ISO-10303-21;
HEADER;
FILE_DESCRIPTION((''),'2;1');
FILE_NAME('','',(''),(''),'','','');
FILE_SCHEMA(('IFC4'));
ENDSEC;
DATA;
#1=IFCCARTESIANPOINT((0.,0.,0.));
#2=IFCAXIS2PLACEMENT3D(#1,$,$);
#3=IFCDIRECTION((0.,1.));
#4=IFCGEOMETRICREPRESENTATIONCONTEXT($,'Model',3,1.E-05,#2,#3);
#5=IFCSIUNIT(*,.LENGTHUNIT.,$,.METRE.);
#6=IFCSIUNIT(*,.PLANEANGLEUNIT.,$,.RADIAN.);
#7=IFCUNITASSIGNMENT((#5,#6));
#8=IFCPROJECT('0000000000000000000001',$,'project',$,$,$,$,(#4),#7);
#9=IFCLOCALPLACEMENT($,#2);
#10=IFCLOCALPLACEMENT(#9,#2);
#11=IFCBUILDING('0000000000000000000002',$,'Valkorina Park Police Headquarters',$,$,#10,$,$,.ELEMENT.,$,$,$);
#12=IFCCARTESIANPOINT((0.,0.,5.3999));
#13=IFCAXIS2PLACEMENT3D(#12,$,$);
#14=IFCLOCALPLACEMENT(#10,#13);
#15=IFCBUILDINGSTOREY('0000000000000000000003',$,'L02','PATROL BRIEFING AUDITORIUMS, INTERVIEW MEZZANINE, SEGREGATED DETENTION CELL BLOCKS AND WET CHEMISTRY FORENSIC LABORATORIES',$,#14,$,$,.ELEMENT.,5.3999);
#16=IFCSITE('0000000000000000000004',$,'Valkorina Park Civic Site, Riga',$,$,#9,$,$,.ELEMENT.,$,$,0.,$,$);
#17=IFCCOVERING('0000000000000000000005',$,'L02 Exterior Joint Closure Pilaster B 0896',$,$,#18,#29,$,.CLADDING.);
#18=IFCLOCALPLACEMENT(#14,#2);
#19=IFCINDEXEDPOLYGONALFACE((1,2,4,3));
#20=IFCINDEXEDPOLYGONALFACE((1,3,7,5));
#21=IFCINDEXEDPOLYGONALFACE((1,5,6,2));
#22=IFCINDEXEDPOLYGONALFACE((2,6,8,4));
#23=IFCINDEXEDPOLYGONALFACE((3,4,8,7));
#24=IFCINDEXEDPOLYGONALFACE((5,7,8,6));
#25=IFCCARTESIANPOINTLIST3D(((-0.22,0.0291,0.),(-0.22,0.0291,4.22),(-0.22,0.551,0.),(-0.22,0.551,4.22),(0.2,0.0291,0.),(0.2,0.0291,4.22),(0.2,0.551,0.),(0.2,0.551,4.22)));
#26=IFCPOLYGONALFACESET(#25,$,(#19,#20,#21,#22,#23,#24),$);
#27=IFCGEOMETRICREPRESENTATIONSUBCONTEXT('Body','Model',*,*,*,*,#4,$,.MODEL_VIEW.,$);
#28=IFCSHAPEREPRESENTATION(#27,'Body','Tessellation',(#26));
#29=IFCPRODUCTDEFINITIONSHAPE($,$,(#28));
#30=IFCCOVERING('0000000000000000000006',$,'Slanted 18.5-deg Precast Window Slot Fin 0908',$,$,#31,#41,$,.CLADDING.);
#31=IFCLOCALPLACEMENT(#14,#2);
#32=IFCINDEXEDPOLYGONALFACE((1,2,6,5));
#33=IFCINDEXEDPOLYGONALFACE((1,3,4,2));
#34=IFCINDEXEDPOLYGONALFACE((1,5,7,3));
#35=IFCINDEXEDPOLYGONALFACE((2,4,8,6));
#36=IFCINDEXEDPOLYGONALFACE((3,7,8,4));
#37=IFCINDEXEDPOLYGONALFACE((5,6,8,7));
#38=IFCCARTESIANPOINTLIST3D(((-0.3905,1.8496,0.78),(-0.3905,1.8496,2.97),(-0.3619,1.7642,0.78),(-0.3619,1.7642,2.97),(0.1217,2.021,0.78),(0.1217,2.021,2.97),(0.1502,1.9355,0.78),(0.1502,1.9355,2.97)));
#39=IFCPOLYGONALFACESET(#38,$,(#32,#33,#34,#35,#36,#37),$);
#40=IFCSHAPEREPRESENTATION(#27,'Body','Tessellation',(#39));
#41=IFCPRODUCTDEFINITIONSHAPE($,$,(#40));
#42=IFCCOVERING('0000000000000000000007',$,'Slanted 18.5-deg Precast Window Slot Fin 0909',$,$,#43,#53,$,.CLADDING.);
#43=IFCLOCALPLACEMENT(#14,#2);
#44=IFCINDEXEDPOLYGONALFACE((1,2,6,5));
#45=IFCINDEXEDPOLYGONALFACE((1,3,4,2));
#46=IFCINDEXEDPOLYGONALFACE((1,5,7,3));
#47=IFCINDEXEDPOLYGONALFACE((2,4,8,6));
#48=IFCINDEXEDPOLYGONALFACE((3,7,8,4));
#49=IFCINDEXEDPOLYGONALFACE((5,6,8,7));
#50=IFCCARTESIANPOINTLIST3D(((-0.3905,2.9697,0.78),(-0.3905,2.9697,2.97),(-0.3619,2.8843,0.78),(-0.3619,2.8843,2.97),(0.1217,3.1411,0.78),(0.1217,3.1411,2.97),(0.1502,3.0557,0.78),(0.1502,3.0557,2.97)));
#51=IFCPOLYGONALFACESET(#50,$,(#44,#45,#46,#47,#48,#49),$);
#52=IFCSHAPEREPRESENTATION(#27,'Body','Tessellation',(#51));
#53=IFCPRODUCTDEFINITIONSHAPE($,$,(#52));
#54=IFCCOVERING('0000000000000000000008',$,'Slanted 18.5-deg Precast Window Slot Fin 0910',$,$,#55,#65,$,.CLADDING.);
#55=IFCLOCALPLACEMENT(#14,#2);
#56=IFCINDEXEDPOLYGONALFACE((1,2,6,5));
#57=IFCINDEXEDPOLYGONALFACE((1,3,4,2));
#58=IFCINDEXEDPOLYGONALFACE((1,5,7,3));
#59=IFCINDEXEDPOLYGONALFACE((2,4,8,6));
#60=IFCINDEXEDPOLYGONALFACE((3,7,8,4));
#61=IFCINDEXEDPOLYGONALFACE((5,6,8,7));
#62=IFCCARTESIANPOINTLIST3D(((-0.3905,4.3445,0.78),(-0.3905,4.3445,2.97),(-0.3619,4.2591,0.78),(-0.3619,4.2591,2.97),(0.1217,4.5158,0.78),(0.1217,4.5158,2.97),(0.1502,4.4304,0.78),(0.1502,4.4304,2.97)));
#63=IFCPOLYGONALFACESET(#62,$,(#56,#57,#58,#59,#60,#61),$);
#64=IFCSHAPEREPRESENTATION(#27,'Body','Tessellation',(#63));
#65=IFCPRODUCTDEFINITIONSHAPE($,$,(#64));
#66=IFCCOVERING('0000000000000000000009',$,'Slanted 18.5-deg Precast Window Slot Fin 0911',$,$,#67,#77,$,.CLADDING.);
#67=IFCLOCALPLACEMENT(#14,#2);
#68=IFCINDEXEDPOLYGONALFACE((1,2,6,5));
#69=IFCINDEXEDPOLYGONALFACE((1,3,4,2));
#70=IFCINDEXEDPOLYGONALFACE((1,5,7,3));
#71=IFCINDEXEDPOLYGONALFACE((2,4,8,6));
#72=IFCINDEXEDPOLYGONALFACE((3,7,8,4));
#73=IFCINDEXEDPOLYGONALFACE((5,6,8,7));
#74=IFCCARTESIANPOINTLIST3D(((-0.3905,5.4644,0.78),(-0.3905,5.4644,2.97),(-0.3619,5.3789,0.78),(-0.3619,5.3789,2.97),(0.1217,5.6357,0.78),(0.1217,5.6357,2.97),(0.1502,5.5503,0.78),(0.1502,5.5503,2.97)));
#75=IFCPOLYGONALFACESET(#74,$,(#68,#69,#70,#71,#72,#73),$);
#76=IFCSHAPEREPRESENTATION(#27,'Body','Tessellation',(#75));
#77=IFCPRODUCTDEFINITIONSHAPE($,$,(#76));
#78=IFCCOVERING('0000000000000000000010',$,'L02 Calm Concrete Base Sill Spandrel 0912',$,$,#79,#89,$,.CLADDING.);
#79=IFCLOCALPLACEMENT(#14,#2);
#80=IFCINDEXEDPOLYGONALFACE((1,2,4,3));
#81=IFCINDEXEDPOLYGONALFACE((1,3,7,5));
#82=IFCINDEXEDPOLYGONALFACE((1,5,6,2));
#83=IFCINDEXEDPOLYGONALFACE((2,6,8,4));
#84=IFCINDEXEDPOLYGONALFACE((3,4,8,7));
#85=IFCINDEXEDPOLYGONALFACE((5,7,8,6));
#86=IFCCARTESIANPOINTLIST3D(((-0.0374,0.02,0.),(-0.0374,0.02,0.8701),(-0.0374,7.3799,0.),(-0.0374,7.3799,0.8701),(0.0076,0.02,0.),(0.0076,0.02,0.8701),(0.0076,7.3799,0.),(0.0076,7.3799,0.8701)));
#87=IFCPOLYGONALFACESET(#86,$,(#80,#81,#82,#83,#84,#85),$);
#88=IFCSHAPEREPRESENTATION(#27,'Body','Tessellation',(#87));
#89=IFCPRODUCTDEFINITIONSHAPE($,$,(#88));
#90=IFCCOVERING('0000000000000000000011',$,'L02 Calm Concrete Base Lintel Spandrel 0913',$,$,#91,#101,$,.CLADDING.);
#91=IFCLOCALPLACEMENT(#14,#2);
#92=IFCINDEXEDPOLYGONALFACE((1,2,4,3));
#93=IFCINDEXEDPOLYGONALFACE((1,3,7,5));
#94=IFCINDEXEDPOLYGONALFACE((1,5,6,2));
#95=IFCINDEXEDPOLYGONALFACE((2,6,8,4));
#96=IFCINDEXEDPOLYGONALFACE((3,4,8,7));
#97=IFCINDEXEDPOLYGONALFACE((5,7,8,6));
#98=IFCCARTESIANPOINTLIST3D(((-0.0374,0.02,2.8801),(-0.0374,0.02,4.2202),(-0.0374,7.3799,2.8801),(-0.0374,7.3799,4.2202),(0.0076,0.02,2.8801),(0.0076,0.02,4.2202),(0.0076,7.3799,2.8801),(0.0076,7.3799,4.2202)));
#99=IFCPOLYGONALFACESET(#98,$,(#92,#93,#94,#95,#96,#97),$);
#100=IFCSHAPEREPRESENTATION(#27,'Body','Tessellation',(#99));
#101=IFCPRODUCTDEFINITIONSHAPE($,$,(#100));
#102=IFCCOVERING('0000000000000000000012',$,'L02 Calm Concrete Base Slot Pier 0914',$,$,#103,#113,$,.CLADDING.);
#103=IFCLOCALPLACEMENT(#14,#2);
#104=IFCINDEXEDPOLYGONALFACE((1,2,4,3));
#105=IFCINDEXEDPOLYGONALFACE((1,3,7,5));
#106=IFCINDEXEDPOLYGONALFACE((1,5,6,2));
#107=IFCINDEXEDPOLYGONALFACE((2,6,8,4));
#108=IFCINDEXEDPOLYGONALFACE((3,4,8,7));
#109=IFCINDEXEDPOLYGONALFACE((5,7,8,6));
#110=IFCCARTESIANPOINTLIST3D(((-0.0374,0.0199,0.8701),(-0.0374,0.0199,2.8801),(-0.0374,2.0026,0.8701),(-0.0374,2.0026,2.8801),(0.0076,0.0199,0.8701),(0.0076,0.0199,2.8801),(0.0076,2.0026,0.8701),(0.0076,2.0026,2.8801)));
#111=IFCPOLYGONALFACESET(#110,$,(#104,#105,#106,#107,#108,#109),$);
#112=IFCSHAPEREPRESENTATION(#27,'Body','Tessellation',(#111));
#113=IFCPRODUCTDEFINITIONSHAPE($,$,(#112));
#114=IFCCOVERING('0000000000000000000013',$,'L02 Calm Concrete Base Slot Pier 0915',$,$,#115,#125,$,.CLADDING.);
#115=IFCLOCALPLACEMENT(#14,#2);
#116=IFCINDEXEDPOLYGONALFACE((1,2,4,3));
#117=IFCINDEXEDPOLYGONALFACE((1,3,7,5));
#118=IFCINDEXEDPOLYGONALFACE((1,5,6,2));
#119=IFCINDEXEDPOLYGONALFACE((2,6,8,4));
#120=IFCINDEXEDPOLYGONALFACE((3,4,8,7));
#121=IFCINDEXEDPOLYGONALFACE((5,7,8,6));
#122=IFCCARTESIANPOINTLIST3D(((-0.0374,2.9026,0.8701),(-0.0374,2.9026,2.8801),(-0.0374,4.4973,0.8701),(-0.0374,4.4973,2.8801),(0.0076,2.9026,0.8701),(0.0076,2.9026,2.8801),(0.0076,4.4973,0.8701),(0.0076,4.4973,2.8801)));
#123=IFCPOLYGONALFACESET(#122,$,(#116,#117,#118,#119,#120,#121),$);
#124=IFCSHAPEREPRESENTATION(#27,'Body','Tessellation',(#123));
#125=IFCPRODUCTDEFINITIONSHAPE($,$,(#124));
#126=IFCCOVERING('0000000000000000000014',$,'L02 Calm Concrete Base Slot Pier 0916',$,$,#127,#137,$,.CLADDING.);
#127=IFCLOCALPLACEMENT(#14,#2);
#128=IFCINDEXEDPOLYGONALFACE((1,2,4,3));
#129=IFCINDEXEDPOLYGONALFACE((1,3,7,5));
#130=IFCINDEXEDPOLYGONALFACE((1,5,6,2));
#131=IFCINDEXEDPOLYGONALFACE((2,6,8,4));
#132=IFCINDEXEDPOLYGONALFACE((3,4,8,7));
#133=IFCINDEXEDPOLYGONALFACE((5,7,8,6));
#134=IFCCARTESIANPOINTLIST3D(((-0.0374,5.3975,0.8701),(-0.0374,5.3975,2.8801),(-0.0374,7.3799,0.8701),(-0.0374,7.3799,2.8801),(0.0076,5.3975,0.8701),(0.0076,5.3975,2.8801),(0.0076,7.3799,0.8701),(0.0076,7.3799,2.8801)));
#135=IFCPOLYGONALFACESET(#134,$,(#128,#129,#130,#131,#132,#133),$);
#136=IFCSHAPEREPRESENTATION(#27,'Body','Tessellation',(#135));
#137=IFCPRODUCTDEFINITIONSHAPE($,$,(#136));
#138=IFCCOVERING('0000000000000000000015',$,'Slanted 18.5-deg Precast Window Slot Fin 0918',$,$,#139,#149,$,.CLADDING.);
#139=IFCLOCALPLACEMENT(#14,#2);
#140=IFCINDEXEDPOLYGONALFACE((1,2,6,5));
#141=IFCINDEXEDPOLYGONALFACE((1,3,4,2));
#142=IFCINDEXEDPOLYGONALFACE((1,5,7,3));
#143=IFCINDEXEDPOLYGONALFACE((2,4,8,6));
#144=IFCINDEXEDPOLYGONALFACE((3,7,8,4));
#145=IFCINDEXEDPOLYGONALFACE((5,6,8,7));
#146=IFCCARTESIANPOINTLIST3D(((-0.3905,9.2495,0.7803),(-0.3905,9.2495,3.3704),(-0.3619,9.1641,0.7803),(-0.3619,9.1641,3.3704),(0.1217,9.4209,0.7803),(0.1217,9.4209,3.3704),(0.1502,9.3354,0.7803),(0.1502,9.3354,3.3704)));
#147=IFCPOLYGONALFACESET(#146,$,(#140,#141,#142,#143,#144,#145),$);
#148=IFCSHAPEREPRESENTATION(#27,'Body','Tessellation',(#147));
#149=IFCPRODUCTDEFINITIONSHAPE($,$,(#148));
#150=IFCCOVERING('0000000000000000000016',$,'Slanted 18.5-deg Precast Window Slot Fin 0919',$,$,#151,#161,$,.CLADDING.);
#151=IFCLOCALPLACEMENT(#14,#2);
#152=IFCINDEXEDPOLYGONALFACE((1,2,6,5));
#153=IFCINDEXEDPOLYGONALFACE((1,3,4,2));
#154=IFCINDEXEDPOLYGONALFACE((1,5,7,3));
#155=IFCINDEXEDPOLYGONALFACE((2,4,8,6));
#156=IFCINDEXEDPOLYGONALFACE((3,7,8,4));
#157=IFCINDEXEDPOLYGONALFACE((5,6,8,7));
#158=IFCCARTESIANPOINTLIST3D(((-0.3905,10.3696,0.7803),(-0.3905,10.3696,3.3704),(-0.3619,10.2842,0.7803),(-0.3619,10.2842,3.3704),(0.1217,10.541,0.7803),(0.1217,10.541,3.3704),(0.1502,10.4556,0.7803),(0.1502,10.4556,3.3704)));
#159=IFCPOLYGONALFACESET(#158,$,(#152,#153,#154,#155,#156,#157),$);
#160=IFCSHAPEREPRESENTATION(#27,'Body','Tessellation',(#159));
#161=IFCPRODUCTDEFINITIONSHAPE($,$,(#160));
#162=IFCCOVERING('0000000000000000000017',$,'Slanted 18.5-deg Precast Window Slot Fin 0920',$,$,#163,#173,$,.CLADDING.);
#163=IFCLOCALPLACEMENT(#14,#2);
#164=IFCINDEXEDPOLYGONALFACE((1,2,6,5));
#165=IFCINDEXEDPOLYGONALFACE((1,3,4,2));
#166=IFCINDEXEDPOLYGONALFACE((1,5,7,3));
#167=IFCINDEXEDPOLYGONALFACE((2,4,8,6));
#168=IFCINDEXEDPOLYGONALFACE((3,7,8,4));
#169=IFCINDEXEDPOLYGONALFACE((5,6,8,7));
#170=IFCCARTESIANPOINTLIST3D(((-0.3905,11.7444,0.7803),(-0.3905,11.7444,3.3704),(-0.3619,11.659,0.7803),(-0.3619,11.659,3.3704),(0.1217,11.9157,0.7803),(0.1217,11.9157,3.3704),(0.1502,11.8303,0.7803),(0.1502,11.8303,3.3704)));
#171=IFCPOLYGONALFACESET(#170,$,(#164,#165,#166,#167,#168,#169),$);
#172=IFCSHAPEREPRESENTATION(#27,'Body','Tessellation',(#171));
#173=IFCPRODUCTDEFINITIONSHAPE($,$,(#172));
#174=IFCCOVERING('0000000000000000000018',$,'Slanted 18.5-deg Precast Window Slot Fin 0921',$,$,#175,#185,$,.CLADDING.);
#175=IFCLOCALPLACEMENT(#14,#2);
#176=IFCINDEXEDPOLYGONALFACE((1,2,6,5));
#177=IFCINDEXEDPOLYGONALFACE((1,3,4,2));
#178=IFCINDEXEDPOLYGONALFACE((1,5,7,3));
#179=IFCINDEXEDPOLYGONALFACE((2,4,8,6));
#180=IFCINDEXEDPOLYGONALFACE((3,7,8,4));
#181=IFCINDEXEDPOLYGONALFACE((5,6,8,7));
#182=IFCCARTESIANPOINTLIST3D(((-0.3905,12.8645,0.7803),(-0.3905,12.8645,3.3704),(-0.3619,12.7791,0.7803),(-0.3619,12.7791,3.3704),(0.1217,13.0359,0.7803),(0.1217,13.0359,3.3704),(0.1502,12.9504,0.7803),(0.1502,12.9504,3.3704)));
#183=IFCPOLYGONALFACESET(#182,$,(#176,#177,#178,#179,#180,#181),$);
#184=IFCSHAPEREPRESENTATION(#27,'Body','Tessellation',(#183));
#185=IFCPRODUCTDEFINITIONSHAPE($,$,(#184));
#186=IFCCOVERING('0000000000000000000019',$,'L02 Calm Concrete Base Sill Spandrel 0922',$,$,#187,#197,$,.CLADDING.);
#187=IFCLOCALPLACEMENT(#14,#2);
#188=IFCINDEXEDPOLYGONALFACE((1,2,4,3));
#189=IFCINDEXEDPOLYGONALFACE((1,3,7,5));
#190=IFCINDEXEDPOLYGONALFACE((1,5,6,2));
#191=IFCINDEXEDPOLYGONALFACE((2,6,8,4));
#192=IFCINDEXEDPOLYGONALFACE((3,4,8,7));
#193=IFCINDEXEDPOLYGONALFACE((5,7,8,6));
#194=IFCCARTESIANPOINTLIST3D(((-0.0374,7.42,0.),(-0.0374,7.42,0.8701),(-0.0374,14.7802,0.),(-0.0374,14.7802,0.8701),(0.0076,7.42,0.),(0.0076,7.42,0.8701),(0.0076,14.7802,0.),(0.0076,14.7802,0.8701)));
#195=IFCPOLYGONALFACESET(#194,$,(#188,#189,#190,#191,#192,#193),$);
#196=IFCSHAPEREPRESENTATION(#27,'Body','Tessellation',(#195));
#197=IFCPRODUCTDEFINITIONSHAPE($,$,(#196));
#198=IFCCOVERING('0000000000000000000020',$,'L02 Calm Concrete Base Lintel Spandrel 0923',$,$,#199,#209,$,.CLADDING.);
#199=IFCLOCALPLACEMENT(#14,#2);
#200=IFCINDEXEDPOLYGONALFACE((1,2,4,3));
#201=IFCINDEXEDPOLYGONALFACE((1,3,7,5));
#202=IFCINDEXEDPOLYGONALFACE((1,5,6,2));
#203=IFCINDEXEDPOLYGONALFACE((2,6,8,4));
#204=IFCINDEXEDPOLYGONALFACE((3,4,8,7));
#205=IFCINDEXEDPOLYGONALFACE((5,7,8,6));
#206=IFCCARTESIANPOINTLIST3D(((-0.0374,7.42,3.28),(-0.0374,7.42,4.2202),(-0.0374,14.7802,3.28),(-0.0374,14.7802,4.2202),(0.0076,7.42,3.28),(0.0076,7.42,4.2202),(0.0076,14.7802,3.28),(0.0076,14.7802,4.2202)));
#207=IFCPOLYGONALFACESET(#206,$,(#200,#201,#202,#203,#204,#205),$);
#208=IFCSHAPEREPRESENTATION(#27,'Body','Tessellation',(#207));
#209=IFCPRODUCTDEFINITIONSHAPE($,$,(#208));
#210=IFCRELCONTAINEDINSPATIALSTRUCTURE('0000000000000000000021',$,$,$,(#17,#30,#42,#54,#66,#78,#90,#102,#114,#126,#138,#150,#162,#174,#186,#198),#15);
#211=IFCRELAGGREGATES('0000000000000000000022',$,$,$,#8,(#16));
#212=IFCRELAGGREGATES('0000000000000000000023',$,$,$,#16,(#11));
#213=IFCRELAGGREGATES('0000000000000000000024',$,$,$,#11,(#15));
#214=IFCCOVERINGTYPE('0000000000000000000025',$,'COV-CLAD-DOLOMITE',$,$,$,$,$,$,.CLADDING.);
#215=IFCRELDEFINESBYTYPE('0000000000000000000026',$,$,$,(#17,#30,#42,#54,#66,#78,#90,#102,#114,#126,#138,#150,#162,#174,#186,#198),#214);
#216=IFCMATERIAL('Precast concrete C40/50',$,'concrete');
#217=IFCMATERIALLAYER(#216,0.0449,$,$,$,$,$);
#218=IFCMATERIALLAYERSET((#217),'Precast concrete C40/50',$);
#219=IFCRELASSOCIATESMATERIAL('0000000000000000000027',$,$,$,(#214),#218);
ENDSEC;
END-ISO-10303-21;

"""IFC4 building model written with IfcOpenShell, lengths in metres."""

from ifc_helpers import new_model, si_unit, direction, frame, frame_2d, origin, origin_2d, place, context, subcontext, project, spatial, rectangle, extrude, material, layer, layer_set, type_object, element, save


model = new_model("IFC4")

# Units and contexts
model_context = context("Model", 3, precision=1e-05, world=origin(), true_north=direction((0.0, 1.0)))
body_context = subcontext(model_context, "Body", "Model", "MODEL_VIEW")
ifc_project = project(units=[si_unit("LENGTHUNIT", "METRE"), si_unit("PLANEANGLEUNIT", "RADIAN")], contexts=[model_context])

# Site, building, storey
site_placement = place(None, origin())
site = spatial("IfcSite", under=ifc_project, at=site_placement, Name="Valkorina Park Civic Site, Riga", CompositionType="ELEMENT", RefElevation=0.0)
building_placement = place(site_placement, origin())
building = spatial("IfcBuilding", under=site, at=building_placement, Name="Valkorina Park Police Headquarters", CompositionType="ELEMENT")
storey_placement = place(building_placement, frame((0.0, 0.0, 5.3999)))
storey = spatial("IfcBuildingStorey", under=building, at=storey_placement, Name="L02", Description="PATROL BRIEFING AUDITORIUMS, INTERVIEW MEZZANINE, SEGREGATED DETENTION CELL BLOCKS AND WET CHEMISTRY FORENSIC LABORATORIES", CompositionType="ELEMENT", Elevation=5.3999)

# Coverings
ifc_material_1 = material(Name="Precast concrete C40/50", Category="concrete")
ifc_layer_1 = layer(ifc_material_1, 0.0449)
ifc_layer_set_1 = layer_set([ifc_layer_1], Name="Precast concrete C40/50")
covering_type_1 = type_object("IfcCoveringType", Name="COV-CLAD-DOLOMITE", PredefinedType="CLADDING", material=ifc_layer_set_1)
covering_1_placement = place(storey_placement, frame((-0.01, 0.29, 0.0), z_axis=(0.0, 0.0, 1.0), x_axis=(1.0, 0.0, 0.0)))
element("IfcCovering", 1, at=covering_1_placement, inside=storey, type_object=covering_type_1, Name="L02 Exterior Joint Closure Pilaster B 0896", PredefinedType="CLADDING", context=body_context, shape_type="SweptSolid", body=[
    extrude(rectangle(XDim=0.4199, YDim=0.522, at=origin_2d()), origin(), (0.0, 0.0, 1.0), 4.22),
])
for number, where, z_axis, x_axis, name in (
    (2, (-0.1201, 1.8926, 0.78), (0.0, 0.0, 1.0), (-0.948324, -0.317305, 0.0), "Slanted 18.5-deg Precast Window Slot Fin 0908"),
    (3, (-0.1201, 3.0127, 0.78), (0.0, 0.0, 1.0), (-0.948324, -0.317305, 0.0), "Slanted 18.5-deg Precast Window Slot Fin 0909"),
    (4, (-0.1201, 4.3875, 0.78), (0.0, 0.0, 1.0), (-0.948324, -0.317305, 0.0), "Slanted 18.5-deg Precast Window Slot Fin 0910"),
    (5, (-0.1201, 5.5073, 0.78), (0.0, 0.0, 1.0), (-0.948324, -0.317305, 0.0), "Slanted 18.5-deg Precast Window Slot Fin 0911"),
):
    element("IfcCovering", number, at=place(storey_placement, frame(where, z_axis=z_axis, x_axis=x_axis)), inside=storey, type_object=covering_type_1, Name=name, PredefinedType="CLADDING", context=body_context, shape_type="SweptSolid", body=[
        extrude(rectangle(XDim=0.54, YDim=0.0901, at=origin_2d()), origin(), (0.0, 0.0, 1.0), 2.1899),
    ])
covering_2_placement = place(storey_placement, frame((-0.0149, 0.02, 0.0), z_axis=(0.0, 0.0, 1.0), x_axis=(0.0, 1.0, 0.0)))
element("IfcCovering", 6, at=covering_2_placement, inside=storey, type_object=covering_type_1, Name="L02 Calm Concrete Base Sill Spandrel 0912", PredefinedType="CLADDING", context=body_context, shape_type="SweptSolid", body=[
    extrude(rectangle(XDim=7.3599, YDim=0.0449, at=frame_2d((3.6799, 0.0))), origin(), (0.0, 0.0, 1.0), 0.8701),
])
covering_3_placement = place(storey_placement, frame((-0.0149, 0.02, 2.8801), z_axis=(0.0, 0.0, 1.0), x_axis=(0.0, 1.0, 0.0)))
element("IfcCovering", 7, at=covering_3_placement, inside=storey, type_object=covering_type_1, Name="L02 Calm Concrete Base Lintel Spandrel 0913", PredefinedType="CLADDING", context=body_context, shape_type="SweptSolid", body=[
    extrude(rectangle(XDim=7.3599, YDim=0.0449, at=frame_2d((3.6799, 0.0))), origin(), (0.0, 0.0, 1.0), 1.3401),
])
covering_4_placement = place(storey_placement, frame((-0.0149, 0.02, 0.8701), z_axis=(0.0, 0.0, 1.0), x_axis=(0.0, 1.0, 0.0)))
element("IfcCovering", 8, at=covering_4_placement, inside=storey, type_object=covering_type_1, Name="L02 Calm Concrete Base Slot Pier 0914", PredefinedType="CLADDING", context=body_context, shape_type="SweptSolid", body=[
    extrude(rectangle(XDim=1.9827, YDim=0.0449, at=frame_2d((0.9912, 0.0))), origin(), (0.0, 0.0, 1.0), 2.01),
])
covering_5_placement = place(storey_placement, frame((-0.0149, 2.9026, 0.8701), z_axis=(0.0, 0.0, 1.0), x_axis=(0.0, 1.0, 0.0)))
element("IfcCovering", 9, at=covering_5_placement, inside=storey, type_object=covering_type_1, Name="L02 Calm Concrete Base Slot Pier 0915", PredefinedType="CLADDING", context=body_context, shape_type="SweptSolid", body=[
    extrude(rectangle(XDim=1.5947, YDim=0.0449, at=frame_2d((0.7974, 0.0))), origin(), (0.0, 0.0, 1.0), 2.01),
])
covering_6_placement = place(storey_placement, frame((-0.0149, 5.3975, 0.8701), z_axis=(0.0, 0.0, 1.0), x_axis=(0.0, 1.0, 0.0)))
element("IfcCovering", 10, at=covering_6_placement, inside=storey, type_object=covering_type_1, Name="L02 Calm Concrete Base Slot Pier 0916", PredefinedType="CLADDING", context=body_context, shape_type="SweptSolid", body=[
    extrude(rectangle(XDim=1.9824, YDim=0.0449, at=frame_2d((0.9912, 0.0))), origin(), (0.0, 0.0, 1.0), 2.01),
])
for number, where, z_axis, x_axis, name in (
    (11, (-0.1201, 9.2925, 0.7803), (0.0, 0.0, 1.0), (-0.948324, -0.317305, 0.0), "Slanted 18.5-deg Precast Window Slot Fin 0918"),
    (12, (-0.1201, 10.4126, 0.7803), (0.0, 0.0, 1.0), (-0.948324, -0.317305, 0.0), "Slanted 18.5-deg Precast Window Slot Fin 0919"),
    (13, (-0.1201, 11.7874, 0.7803), (0.0, 0.0, 1.0), (-0.948324, -0.317305, 0.0), "Slanted 18.5-deg Precast Window Slot Fin 0920"),
    (14, (-0.1201, 12.9075, 0.7803), (0.0, 0.0, 1.0), (-0.948324, -0.317305, 0.0), "Slanted 18.5-deg Precast Window Slot Fin 0921"),
):
    element("IfcCovering", number, at=place(storey_placement, frame(where, z_axis=z_axis, x_axis=x_axis)), inside=storey, type_object=covering_type_1, Name=name, PredefinedType="CLADDING", context=body_context, shape_type="SweptSolid", body=[
        extrude(rectangle(XDim=0.54, YDim=0.0901, at=origin_2d()), origin(), (0.0, 0.0, 1.0), 2.5901),
    ])
covering_7_placement = place(storey_placement, frame((-0.0149, 7.4199, 0.0), z_axis=(0.0, 0.0, 1.0), x_axis=(0.0, 1.0, 0.0)))
element("IfcCovering", 15, at=covering_7_placement, inside=storey, type_object=covering_type_1, Name="L02 Calm Concrete Base Sill Spandrel 0922", PredefinedType="CLADDING", context=body_context, shape_type="SweptSolid", body=[
    extrude(rectangle(XDim=7.3601, YDim=0.0449, at=frame_2d((3.6802, 0.0))), origin(), (0.0, 0.0, 1.0), 0.8701),
])
covering_8_placement = place(storey_placement, frame((-0.0149, 7.4199, 3.28), z_axis=(0.0, 0.0, 1.0), x_axis=(0.0, 1.0, 0.0)))
element("IfcCovering", 16, at=covering_8_placement, inside=storey, type_object=covering_type_1, Name="L02 Calm Concrete Base Lintel Spandrel 0923", PredefinedType="CLADDING", context=body_context, shape_type="SweptSolid", body=[
    extrude(rectangle(XDim=7.3601, YDim=0.0449, at=frame_2d((3.6802, 0.0))), origin(), (0.0, 0.0, 1.0), 0.9402),
])

save(model, "model.ifc")
